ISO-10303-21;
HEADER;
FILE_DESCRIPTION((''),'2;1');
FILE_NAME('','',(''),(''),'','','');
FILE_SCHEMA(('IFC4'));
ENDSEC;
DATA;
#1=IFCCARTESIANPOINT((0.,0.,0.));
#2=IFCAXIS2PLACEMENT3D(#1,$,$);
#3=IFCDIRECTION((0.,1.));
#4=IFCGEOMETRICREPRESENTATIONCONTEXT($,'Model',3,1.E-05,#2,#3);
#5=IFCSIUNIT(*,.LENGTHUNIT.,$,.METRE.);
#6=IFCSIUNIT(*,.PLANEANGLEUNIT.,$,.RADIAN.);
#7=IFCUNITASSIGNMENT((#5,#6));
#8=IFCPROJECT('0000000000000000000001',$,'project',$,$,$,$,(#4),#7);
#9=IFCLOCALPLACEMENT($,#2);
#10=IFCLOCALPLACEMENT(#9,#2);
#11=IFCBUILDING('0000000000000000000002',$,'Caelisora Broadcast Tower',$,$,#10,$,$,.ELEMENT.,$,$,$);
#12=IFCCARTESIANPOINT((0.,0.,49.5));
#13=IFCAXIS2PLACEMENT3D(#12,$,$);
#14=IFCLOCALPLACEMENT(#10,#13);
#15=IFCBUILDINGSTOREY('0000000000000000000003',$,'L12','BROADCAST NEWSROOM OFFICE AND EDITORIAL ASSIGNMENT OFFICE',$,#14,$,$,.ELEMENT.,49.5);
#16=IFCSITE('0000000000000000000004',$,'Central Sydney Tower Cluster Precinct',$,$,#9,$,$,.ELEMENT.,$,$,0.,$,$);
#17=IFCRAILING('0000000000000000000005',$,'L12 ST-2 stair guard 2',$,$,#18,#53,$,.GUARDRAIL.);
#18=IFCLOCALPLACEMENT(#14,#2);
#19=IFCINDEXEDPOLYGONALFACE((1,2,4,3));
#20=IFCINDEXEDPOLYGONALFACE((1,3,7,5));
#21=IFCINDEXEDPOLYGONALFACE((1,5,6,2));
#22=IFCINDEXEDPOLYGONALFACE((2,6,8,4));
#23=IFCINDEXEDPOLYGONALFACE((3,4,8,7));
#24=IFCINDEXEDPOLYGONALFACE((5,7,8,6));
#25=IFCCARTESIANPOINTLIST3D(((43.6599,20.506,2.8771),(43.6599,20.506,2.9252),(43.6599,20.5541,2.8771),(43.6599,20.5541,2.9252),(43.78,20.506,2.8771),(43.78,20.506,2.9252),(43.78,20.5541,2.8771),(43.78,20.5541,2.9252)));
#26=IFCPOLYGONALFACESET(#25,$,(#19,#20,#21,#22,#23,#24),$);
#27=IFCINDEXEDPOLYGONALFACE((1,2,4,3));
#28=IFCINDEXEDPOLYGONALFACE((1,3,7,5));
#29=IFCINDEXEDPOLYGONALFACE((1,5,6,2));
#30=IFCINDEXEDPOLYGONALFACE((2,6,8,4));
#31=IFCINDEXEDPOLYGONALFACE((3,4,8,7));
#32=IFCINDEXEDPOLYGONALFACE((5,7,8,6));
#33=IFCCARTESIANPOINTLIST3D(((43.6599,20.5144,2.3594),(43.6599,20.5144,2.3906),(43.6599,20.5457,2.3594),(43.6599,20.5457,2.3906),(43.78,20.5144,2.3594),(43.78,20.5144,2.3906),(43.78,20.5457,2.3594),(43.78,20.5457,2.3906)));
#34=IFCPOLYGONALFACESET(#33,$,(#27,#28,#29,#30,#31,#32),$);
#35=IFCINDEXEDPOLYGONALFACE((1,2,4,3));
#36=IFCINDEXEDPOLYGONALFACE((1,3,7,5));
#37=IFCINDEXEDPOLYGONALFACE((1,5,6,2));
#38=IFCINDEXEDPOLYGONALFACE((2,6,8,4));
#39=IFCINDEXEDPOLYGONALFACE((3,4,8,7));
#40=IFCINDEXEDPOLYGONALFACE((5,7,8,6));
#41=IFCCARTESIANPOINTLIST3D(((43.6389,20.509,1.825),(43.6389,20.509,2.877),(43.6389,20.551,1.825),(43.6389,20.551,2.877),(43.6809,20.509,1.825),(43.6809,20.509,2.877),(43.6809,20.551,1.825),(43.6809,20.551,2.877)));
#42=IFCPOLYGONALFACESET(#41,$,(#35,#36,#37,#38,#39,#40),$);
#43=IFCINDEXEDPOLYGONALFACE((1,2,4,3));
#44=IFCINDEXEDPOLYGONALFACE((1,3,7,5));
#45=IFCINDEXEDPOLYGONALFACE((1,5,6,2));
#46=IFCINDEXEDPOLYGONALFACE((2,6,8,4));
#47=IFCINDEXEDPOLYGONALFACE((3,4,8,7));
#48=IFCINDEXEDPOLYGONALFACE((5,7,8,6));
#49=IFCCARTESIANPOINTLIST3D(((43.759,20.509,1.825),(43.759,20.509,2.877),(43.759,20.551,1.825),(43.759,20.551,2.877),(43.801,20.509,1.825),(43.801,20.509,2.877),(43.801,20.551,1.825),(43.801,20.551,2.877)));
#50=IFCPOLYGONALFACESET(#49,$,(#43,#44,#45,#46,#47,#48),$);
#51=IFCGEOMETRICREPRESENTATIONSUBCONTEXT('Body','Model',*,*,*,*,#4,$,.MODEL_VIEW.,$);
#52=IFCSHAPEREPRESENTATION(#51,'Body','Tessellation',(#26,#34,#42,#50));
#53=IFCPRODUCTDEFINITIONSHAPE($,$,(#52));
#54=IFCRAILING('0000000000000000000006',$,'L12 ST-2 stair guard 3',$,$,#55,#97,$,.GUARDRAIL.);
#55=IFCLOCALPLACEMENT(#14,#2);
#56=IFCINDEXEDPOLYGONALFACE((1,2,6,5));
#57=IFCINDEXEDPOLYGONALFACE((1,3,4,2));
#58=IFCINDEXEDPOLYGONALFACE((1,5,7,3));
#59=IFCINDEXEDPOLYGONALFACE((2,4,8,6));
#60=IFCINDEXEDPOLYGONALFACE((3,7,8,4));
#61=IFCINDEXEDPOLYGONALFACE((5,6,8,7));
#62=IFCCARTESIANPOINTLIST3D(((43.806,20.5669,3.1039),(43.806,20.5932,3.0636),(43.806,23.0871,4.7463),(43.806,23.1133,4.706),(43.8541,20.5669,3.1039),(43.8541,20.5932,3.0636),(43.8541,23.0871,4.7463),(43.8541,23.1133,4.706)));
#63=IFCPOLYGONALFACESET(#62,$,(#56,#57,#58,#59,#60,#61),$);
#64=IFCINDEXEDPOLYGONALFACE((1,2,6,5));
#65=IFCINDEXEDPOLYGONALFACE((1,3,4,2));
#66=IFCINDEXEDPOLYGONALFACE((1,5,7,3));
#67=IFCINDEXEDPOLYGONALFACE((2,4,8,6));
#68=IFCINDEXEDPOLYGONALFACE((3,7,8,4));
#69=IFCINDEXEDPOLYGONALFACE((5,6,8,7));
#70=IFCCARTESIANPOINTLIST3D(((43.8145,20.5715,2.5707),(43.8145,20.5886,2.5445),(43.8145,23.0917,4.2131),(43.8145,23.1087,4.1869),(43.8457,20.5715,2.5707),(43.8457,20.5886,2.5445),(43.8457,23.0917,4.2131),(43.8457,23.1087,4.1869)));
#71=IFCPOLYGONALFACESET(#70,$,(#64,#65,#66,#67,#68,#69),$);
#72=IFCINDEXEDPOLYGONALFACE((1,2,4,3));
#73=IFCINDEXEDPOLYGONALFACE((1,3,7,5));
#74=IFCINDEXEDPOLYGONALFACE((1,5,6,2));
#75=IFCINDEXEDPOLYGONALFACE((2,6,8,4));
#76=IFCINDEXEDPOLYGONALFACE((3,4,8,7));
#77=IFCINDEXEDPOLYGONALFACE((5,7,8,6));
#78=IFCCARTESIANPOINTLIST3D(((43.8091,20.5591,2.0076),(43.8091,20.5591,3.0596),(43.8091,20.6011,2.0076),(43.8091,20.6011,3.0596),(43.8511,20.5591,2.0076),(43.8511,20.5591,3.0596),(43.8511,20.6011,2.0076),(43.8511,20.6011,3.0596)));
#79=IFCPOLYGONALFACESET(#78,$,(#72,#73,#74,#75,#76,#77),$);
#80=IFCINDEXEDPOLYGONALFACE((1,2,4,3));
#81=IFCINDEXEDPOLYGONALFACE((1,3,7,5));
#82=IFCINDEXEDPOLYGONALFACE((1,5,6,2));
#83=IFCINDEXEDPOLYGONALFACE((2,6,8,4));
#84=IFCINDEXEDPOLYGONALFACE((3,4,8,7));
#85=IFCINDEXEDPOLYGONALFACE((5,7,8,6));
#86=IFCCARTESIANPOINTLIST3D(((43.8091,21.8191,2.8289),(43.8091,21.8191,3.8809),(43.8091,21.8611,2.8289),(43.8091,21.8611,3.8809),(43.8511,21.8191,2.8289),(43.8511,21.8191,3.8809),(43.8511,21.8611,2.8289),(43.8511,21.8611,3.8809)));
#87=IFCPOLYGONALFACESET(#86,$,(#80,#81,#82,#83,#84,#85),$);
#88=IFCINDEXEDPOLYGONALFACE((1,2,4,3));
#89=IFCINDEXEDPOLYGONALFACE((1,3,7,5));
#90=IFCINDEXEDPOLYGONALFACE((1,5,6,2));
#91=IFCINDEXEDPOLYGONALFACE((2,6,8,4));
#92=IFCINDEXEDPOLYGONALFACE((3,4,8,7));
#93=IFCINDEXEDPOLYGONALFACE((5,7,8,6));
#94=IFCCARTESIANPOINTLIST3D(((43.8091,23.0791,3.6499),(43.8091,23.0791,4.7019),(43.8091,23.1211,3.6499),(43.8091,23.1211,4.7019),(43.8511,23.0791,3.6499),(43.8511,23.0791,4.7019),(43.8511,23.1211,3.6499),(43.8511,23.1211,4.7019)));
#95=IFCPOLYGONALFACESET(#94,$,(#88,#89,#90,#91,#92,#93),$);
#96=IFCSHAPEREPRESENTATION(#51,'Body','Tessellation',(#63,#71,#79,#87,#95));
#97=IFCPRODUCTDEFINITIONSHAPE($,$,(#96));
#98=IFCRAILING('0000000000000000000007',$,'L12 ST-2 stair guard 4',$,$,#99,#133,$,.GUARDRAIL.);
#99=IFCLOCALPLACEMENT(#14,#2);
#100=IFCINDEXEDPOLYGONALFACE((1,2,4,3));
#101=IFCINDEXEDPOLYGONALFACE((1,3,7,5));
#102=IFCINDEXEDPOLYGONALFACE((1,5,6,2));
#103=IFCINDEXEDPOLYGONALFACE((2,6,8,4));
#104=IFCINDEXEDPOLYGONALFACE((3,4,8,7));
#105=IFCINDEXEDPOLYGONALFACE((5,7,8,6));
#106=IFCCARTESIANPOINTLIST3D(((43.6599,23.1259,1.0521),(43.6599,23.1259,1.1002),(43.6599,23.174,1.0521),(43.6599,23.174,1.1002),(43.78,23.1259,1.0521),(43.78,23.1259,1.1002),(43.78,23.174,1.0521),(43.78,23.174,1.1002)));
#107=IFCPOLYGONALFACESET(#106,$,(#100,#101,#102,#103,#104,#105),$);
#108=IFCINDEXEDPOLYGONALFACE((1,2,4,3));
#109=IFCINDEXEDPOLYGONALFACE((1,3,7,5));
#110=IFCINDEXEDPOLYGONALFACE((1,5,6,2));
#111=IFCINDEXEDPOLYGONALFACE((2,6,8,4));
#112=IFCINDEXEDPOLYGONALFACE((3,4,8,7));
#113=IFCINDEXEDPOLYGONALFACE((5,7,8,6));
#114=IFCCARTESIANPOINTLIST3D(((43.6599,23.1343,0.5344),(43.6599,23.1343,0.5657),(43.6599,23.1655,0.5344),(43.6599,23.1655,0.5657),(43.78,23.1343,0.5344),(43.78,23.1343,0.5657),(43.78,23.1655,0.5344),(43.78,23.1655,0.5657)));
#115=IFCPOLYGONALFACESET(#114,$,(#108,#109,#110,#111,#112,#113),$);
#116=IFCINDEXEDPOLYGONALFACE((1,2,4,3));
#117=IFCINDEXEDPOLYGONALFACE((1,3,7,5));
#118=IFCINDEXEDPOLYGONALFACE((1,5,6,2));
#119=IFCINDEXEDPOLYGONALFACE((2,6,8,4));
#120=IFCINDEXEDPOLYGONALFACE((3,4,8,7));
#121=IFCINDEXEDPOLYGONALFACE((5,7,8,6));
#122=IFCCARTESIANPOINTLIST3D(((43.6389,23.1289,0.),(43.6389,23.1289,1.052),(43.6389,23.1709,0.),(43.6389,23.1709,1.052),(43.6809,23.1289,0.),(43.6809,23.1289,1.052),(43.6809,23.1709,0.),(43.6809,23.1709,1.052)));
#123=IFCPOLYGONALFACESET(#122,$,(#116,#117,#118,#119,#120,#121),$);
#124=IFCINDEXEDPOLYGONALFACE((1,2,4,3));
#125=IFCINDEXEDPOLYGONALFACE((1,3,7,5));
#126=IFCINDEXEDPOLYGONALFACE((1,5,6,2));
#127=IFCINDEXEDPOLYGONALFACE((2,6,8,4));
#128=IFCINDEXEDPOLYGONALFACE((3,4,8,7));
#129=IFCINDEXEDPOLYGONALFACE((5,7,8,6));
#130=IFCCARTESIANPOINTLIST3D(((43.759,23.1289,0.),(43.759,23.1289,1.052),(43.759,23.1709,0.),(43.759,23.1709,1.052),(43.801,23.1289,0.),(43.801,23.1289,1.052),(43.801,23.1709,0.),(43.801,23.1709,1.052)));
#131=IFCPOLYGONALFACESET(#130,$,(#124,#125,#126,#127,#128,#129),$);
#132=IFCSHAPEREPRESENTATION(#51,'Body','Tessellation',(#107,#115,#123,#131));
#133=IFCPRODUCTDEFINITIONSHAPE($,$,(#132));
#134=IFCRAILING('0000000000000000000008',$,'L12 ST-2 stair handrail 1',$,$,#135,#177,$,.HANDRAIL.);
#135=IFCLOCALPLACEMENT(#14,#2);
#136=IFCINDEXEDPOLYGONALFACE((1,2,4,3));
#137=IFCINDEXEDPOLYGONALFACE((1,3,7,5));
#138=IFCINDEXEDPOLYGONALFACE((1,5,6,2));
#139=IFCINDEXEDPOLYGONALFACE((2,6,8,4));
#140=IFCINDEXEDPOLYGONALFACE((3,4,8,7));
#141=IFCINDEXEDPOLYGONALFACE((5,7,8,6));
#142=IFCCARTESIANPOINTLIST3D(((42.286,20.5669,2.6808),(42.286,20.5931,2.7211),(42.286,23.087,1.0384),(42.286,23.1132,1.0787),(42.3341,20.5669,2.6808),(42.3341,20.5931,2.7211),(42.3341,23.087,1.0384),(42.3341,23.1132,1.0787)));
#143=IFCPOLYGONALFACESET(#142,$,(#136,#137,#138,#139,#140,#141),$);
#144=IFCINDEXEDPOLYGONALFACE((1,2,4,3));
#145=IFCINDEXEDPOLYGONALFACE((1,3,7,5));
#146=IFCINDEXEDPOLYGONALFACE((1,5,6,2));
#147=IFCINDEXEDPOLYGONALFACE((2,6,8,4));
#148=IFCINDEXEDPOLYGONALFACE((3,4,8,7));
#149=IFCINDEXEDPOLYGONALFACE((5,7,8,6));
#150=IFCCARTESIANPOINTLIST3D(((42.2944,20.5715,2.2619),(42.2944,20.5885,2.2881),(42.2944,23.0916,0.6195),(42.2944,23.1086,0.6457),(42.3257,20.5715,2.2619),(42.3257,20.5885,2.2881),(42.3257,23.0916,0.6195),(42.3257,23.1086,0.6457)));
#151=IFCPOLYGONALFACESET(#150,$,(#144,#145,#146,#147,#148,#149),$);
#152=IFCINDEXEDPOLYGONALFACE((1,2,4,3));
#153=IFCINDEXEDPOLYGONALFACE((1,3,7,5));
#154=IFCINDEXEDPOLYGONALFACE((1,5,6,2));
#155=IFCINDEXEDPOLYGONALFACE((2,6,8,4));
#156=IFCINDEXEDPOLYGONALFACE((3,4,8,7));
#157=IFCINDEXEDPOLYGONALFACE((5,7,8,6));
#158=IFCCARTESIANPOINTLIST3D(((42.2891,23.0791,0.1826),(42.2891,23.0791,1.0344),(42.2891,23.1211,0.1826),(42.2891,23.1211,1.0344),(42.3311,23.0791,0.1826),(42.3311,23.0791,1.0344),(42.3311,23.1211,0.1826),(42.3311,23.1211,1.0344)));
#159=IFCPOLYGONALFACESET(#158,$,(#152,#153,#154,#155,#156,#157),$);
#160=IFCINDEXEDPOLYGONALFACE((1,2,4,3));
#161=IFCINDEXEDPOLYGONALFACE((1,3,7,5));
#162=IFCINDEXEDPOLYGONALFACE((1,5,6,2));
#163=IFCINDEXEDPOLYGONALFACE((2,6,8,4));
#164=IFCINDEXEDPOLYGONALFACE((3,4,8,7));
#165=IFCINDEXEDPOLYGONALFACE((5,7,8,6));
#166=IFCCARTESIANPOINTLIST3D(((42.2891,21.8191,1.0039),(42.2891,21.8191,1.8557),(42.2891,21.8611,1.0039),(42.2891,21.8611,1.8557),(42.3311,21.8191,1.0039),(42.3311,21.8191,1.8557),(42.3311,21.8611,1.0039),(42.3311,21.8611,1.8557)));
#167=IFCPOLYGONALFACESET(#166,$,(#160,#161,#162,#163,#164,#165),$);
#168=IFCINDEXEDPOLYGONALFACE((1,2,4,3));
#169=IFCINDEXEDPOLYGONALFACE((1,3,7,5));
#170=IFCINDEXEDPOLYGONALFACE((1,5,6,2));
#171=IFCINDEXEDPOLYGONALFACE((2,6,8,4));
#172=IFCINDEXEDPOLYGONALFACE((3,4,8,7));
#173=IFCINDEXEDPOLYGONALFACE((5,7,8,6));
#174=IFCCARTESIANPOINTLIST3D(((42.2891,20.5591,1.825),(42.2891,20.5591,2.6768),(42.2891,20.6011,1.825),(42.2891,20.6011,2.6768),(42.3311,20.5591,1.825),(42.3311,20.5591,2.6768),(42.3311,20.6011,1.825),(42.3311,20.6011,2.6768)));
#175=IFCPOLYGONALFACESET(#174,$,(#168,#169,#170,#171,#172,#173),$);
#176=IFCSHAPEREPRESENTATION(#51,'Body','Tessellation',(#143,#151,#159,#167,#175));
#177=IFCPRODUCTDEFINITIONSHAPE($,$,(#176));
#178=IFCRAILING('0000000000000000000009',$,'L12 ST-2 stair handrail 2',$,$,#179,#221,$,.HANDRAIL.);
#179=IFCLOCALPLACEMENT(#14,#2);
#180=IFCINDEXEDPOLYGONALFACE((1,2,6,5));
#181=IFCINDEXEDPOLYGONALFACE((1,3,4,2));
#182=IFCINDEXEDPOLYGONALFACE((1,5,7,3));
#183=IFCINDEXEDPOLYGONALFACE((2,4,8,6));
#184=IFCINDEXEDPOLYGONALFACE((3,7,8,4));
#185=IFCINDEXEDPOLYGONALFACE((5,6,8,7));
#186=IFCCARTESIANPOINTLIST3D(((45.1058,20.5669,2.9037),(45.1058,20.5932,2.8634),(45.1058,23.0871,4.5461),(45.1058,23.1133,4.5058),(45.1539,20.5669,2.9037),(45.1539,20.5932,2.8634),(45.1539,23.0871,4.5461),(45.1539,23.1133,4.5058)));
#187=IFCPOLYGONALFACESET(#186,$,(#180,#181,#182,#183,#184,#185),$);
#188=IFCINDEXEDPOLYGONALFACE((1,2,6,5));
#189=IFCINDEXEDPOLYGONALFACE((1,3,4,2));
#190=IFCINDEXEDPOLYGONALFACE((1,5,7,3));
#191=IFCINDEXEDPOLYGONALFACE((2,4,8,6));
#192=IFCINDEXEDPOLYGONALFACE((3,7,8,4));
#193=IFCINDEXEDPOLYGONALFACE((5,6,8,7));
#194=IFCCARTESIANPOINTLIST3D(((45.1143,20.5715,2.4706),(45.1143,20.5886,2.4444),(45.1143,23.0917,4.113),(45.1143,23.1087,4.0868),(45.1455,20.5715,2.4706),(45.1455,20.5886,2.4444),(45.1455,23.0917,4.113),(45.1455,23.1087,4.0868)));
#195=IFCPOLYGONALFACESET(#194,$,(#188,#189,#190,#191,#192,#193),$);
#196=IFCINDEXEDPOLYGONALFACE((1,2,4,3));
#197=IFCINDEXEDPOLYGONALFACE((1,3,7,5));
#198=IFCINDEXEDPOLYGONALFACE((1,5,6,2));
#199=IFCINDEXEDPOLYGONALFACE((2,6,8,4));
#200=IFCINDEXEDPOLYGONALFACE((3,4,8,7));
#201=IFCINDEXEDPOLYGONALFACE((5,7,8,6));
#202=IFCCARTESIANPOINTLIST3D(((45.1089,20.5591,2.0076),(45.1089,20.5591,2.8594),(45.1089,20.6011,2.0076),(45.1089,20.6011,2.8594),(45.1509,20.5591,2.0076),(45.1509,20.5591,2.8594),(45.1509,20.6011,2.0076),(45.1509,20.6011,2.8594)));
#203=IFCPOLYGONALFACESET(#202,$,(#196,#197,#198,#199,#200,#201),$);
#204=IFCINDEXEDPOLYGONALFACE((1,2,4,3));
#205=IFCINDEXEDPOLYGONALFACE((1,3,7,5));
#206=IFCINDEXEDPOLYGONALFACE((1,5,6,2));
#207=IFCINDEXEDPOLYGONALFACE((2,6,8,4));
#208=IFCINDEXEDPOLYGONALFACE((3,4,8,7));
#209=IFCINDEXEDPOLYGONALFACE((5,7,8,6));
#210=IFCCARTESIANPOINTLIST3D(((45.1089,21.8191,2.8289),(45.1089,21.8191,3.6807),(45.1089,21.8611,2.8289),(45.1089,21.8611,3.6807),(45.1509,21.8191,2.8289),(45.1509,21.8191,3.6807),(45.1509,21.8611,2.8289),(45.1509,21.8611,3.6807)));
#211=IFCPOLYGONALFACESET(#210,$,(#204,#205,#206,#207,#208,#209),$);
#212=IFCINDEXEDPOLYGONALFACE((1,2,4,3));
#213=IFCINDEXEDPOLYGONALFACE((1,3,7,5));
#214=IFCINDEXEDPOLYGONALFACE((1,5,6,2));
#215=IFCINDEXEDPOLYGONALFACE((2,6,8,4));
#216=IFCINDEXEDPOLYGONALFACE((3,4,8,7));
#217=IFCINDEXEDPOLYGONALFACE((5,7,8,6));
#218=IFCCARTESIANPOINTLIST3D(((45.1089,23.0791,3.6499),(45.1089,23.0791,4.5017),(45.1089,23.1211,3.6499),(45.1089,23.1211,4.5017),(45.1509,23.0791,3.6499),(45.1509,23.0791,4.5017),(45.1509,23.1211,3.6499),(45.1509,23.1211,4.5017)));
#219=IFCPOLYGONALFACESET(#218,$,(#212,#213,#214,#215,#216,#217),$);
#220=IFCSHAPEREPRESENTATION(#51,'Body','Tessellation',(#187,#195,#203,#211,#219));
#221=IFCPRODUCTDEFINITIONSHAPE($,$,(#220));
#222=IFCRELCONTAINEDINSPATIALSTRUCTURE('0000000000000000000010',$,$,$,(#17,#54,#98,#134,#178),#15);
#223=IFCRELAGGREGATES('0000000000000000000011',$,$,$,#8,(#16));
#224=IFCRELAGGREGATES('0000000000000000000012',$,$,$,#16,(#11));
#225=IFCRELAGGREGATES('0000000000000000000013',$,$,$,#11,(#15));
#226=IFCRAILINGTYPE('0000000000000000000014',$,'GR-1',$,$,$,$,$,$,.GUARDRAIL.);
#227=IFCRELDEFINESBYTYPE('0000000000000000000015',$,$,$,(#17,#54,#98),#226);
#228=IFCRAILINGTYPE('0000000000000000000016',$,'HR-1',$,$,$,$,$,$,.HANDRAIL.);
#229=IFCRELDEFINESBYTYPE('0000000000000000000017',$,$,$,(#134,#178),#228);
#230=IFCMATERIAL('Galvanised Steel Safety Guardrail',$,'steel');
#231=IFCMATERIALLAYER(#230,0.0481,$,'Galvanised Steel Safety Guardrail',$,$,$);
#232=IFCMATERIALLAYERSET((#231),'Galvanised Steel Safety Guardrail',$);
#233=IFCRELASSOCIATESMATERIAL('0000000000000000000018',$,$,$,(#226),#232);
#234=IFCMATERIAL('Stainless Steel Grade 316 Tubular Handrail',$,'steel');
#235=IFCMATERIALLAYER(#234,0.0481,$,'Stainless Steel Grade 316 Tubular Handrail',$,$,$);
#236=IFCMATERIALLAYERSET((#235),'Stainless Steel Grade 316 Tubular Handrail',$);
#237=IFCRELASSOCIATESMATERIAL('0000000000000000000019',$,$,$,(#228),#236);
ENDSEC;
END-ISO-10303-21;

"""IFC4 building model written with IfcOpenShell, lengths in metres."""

from ifc_helpers import new_model, si_unit, direction, frame, origin, origin_2d, place, context, subcontext, project, spatial, rectangle, extrude, material, layer, layer_set, type_object, element, save


model = new_model("IFC4")

# Units and contexts
model_context = context("Model", 3, precision=1e-05, world=origin(), true_north=direction((0.0, 1.0)))
body_context = subcontext(model_context, "Body", "Model", "MODEL_VIEW")
ifc_project = project(units=[si_unit("LENGTHUNIT", "METRE"), si_unit("PLANEANGLEUNIT", "RADIAN")], contexts=[model_context])

# Site, building, storey
site_placement = place(None, origin())
site = spatial("IfcSite", under=ifc_project, at=site_placement, Name="Central Sydney Tower Cluster Precinct", CompositionType="ELEMENT", RefElevation=0.0)
building_placement = place(site_placement, origin())
building = spatial("IfcBuilding", under=site, at=building_placement, Name="Caelisora Broadcast Tower", CompositionType="ELEMENT")
storey_placement = place(building_placement, frame((0.0, 0.0, 49.5)))
storey = spatial("IfcBuildingStorey", under=building, at=storey_placement, Name="L12", Description="BROADCAST NEWSROOM OFFICE AND EDITORIAL ASSIGNMENT OFFICE", CompositionType="ELEMENT", Elevation=49.5)

# Railings
ifc_material_1 = material(Name="Galvanised Steel Safety Guardrail", Category="steel")
ifc_layer_1 = layer(ifc_material_1, 0.0481, Name="Galvanised Steel Safety Guardrail")
ifc_layer_set_1 = layer_set([ifc_layer_1], Name="Galvanised Steel Safety Guardrail")
railing_type_1 = type_object("IfcRailingType", Name="GR-1", PredefinedType="GUARDRAIL", material=ifc_layer_set_1)
railing_1_placement = place(storey_placement, frame((43.6599, 20.53, 1.825)))
element("IfcRailing", 1, at=railing_1_placement, inside=storey, type_object=railing_type_1, Name="L12 ST-2 stair guard 2", PredefinedType="GUARDRAIL", context=body_context, shape_type="SweptSolid", body=[
    extrude(rectangle(XDim=0.0481, YDim=0.0481, at=origin_2d()), frame((0.0, 0.0, 1.0762), z_axis=(1.0, 0.0, 0.0), x_axis=(0.0, 1.0, 0.0)), (0.0, 0.0, 1.0), 0.1201),
    extrude(rectangle(XDim=0.0312, YDim=0.0312, at=origin_2d()), frame((0.0, 0.0, 0.55), z_axis=(1.0, 0.0, 0.0), x_axis=(0.0, 1.0, 0.0)), (0.0, 0.0, 1.0), 0.1201),
    extrude(rectangle(XDim=0.042, YDim=0.042, at=origin_2d()), origin(), (0.0, 0.0, 1.0), 1.052),
    extrude(rectangle(XDim=0.042, YDim=0.042, at=origin_2d()), frame((0.1201, 0.0, 0.0)), (0.0, 0.0, 1.0), 1.052),
])
railing_2_placement = place(storey_placement, frame((43.8301, 20.5801, 2.0076)))
element("IfcRailing", 2, at=railing_2_placement, inside=storey, type_object=railing_type_1, Name="L12 ST-2 stair guard 3", PredefinedType="GUARDRAIL", context=body_context, shape_type="SweptSolid", body=[
    extrude(rectangle(XDim=0.0481, YDim=0.0481, at=origin_2d()), frame((0.0, 0.0, 1.0762), z_axis=(0.0, 0.837787, 0.545998), x_axis=(-1.0, 0.0, 0.0)), (0.0, 0.0, 1.0), 3.0081),
    extrude(rectangle(XDim=0.0312, YDim=0.0312, at=origin_2d()), frame((0.0, 0.0, 0.55), z_axis=(0.0, 0.837787, 0.545998), x_axis=(-1.0, 0.0, 0.0)), (0.0, 0.0, 1.0), 3.0081),
    extrude(rectangle(XDim=0.042, YDim=0.042, at=origin_2d()), origin(), (0.0, 0.0, 1.0), 1.052),
    extrude(rectangle(XDim=0.042, YDim=0.042, at=origin_2d()), frame((0.0, 1.26, 0.8213)), (0.0, 0.0, 1.0), 1.052),
    extrude(rectangle(XDim=0.042, YDim=0.042, at=origin_2d()), frame((0.0, 2.52, 1.6423)), (0.0, 0.0, 1.0), 1.052),
])
railing_3_placement = place(storey_placement, frame((43.6599, 23.1499, 0.0)))
element("IfcRailing", 3, at=railing_3_placement, inside=storey, type_object=railing_type_1, Name="L12 ST-2 stair guard 4", PredefinedType="GUARDRAIL", context=body_context, shape_type="SweptSolid", body=[
    extrude(rectangle(XDim=0.0481, YDim=0.0481, at=origin_2d()), frame((0.0, 0.0, 1.0762), z_axis=(1.0, 0.0, 0.0), x_axis=(0.0, 1.0, 0.0)), (0.0, 0.0, 1.0), 0.1201),
    extrude(rectangle(XDim=0.0312, YDim=0.0312, at=origin_2d()), frame((0.0, 0.0, 0.55), z_axis=(1.0, 0.0, 0.0), x_axis=(0.0, 1.0, 0.0)), (0.0, 0.0, 1.0), 0.1201),
    extrude(rectangle(XDim=0.042, YDim=0.042, at=origin_2d()), origin(), (0.0, 0.0, 1.0), 1.052),
    extrude(rectangle(XDim=0.042, YDim=0.042, at=origin_2d()), frame((0.1201, 0.0, 0.0)), (0.0, 0.0, 1.0), 1.052),
])
ifc_material_2 = material(Name="Stainless Steel Grade 316 Tubular Handrail", Category="steel")
ifc_layer_2 = layer(ifc_material_2, 0.0481, Name="Stainless Steel Grade 316 Tubular Handrail")
ifc_layer_set_2 = layer_set([ifc_layer_2], Name="Stainless Steel Grade 316 Tubular Handrail")
railing_type_2 = type_object("IfcRailingType", Name="HR-1", PredefinedType="HANDRAIL", material=ifc_layer_set_2)
railing_4_placement = place(storey_placement, frame((42.3101, 23.1001, 0.1826)))
element("IfcRailing", 4, at=railing_4_placement, inside=storey, type_object=railing_type_2, Name="L12 ST-2 stair handrail 1", PredefinedType="HANDRAIL", context=body_context, shape_type="SweptSolid", body=[
    extrude(rectangle(XDim=0.0481, YDim=0.0481, at=origin_2d()), frame((0.0, 0.0, 0.876), z_axis=(0.0, -0.837787, 0.545998), x_axis=(1.0, 0.0, 0.0)), (0.0, 0.0, 1.0), 3.0081),
    extrude(rectangle(XDim=0.0312, YDim=0.0312, at=origin_2d()), frame((0.0, 0.0, 0.45), z_axis=(0.0, -0.837787, 0.545998), x_axis=(1.0, 0.0, 0.0)), (0.0, 0.0, 1.0), 3.0081),
    extrude(rectangle(XDim=0.042, YDim=0.042, at=origin_2d()), origin(), (0.0, 0.0, 1.0), 0.8518),
    extrude(rectangle(XDim=0.042, YDim=0.042, at=origin_2d()), frame((0.0, -1.26, 0.8213)), (0.0, 0.0, 1.0), 0.8518),
    extrude(rectangle(XDim=0.042, YDim=0.042, at=origin_2d()), frame((0.0, -2.52, 1.6423)), (0.0, 0.0, 1.0), 0.8518),
])
railing_5_placement = place(storey_placement, frame((45.1299, 20.5801, 2.0076)))
element("IfcRailing", 5, at=railing_5_placement, inside=storey, type_object=railing_type_2, Name="L12 ST-2 stair handrail 2", PredefinedType="HANDRAIL", context=body_context, shape_type="SweptSolid", body=[
    extrude(rectangle(XDim=0.0481, YDim=0.0481, at=origin_2d()), frame((0.0, 0.0, 0.876), z_axis=(0.0, 0.837787, 0.545998), x_axis=(-1.0, 0.0, 0.0)), (0.0, 0.0, 1.0), 3.0081),
    extrude(rectangle(XDim=0.0312, YDim=0.0312, at=origin_2d()), frame((0.0, 0.0, 0.45), z_axis=(0.0, 0.837787, 0.545998), x_axis=(-1.0, 0.0, 0.0)), (0.0, 0.0, 1.0), 3.0081),
    extrude(rectangle(XDim=0.042, YDim=0.042, at=origin_2d()), origin(), (0.0, 0.0, 1.0), 0.8518),
    extrude(rectangle(XDim=0.042, YDim=0.042, at=origin_2d()), frame((0.0, 1.26, 0.8213)), (0.0, 0.0, 1.0), 0.8518),
    extrude(rectangle(XDim=0.042, YDim=0.042, at=origin_2d()), frame((0.0, 2.52, 1.6423)), (0.0, 0.0, 1.0), 0.8518),
])

save(model, "model.ifc")
